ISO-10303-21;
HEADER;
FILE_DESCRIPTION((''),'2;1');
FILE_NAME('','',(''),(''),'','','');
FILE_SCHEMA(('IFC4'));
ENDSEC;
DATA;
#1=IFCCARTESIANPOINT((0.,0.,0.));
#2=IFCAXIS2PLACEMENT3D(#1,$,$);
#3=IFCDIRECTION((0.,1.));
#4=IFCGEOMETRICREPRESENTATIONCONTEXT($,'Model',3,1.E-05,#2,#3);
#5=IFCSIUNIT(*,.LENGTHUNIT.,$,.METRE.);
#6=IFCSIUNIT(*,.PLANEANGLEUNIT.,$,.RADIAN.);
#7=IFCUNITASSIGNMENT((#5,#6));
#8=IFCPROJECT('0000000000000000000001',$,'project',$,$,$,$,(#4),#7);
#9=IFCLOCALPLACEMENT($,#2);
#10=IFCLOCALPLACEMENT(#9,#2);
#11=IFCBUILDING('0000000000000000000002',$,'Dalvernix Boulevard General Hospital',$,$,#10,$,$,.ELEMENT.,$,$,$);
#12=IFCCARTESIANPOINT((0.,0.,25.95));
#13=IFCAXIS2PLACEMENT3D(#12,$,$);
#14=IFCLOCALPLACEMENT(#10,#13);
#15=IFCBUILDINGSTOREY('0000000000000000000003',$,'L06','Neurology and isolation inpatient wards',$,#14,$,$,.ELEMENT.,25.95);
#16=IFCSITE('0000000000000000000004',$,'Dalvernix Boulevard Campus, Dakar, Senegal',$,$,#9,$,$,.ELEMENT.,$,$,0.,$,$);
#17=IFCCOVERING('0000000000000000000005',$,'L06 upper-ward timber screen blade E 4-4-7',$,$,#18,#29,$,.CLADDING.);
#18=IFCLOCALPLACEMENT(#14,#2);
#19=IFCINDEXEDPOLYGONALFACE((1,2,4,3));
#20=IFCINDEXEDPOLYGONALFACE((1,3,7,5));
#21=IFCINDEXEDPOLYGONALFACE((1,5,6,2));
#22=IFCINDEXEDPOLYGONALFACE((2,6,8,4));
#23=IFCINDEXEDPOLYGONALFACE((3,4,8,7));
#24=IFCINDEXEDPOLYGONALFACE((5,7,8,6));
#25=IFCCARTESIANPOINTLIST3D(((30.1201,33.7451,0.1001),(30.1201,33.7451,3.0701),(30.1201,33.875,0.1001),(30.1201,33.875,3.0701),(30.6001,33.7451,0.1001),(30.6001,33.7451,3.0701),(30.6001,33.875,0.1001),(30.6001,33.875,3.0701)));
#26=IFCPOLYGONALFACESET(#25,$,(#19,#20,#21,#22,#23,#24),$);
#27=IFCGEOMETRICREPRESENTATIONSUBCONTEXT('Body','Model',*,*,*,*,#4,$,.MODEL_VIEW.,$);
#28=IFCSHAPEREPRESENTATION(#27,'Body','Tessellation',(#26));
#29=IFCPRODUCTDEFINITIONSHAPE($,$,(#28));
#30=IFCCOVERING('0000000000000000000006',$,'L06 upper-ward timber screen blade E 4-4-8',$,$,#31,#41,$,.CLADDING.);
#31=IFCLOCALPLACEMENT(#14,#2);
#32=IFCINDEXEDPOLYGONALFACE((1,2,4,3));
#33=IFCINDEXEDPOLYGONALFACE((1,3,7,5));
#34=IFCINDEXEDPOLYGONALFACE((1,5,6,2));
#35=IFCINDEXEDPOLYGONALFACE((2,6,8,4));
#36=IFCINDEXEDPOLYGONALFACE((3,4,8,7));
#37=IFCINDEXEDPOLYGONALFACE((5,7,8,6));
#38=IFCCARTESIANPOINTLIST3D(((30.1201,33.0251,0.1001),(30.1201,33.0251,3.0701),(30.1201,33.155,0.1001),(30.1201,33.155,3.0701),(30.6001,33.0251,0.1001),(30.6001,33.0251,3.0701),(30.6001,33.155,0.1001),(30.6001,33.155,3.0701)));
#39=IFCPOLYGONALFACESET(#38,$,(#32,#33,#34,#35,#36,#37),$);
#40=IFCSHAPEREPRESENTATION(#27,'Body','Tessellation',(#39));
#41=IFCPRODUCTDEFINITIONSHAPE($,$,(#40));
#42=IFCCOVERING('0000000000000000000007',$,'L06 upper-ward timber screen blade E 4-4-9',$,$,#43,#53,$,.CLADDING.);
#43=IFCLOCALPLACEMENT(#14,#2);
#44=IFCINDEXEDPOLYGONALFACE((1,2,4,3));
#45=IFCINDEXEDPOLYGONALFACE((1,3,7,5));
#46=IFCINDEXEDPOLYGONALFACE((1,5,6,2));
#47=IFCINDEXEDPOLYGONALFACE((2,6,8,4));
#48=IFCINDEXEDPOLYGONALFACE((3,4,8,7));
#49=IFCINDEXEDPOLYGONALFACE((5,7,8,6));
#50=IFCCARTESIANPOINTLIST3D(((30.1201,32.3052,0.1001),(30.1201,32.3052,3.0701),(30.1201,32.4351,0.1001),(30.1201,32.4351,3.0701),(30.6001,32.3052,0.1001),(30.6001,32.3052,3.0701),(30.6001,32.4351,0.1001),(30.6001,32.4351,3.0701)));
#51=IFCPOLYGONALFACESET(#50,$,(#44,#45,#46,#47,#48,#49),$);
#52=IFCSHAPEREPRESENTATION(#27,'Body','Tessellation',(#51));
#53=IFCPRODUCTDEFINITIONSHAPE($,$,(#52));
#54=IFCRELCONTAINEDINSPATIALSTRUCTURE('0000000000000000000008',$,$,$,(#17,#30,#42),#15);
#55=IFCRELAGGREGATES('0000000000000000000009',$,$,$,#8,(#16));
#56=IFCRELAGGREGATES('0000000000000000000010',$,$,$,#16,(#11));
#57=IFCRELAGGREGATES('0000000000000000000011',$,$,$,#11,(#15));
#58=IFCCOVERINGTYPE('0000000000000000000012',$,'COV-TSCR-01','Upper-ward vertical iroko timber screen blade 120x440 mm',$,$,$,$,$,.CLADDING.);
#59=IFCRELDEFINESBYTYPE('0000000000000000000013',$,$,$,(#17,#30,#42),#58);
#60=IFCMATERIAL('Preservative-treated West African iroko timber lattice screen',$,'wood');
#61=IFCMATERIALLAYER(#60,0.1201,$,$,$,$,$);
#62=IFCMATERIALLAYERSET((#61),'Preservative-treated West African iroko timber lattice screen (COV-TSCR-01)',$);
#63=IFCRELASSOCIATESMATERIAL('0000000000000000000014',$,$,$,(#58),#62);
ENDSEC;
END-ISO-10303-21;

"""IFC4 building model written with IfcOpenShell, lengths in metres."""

from ifc_helpers import new_model, si_unit, direction, frame, origin, origin_2d, place, context, subcontext, project, spatial, rectangle, extrude, material, layer, layer_set, type_object, element, save


model = new_model("IFC4")

# Units and contexts
model_context = context("Model", 3, precision=1e-05, world=origin(), true_north=direction((0.0, 1.0)))
body_context = subcontext(model_context, "Body", "Model", "MODEL_VIEW")
ifc_project = project(units=[si_unit("LENGTHUNIT", "METRE"), si_unit("PLANEANGLEUNIT", "RADIAN")], contexts=[model_context])

# Site, building, storey
site_placement = place(None, origin())
site = spatial("IfcSite", under=ifc_project, at=site_placement, Name="Dalvernix Boulevard Campus, Dakar, Senegal", CompositionType="ELEMENT", RefElevation=0.0)
building_placement = place(site_placement, origin())
building = spatial("IfcBuilding", under=site, at=building_placement, Name="Dalvernix Boulevard General Hospital", CompositionType="ELEMENT")
storey_placement = place(building_placement, frame((0.0, 0.0, 25.95)))
storey = spatial("IfcBuildingStorey", under=building, at=storey_placement, Name="L06", Description="Neurology and isolation inpatient wards", CompositionType="ELEMENT", Elevation=25.95)

# Coverings
ifc_material_1 = material(Name="Preservative-treated West African iroko timber lattice screen", Category="wood")
ifc_layer = layer(ifc_material_1, 0.1201)
ifc_layer_set = layer_set([ifc_layer], Name="Preservative-treated West African iroko timber lattice screen (COV-TSCR-01)")
covering_type = type_object("IfcCoveringType", Name="COV-TSCR-01", Description="Upper-ward vertical iroko timber screen blade 120x440 mm", PredefinedType="CLADDING", material=ifc_layer_set)
for number, where, z_axis, x_axis, name in (
    (1, (30.3601, 33.8101, 0.1001), (0.0, 0.0, 1.0), (0.0, -1.0, 0.0), "L06 upper-ward timber screen blade E 4-4-7"),
    (2, (30.3601, 33.0901, 0.1001), (0.0, 0.0, 1.0), (0.0, -1.0, 0.0), "L06 upper-ward timber screen blade E 4-4-8"),
    (3, (30.3601, 32.3701, 0.1001), (0.0, 0.0, 1.0), (0.0, -1.0, 0.0), "L06 upper-ward timber screen blade E 4-4-9"),
):
    element("IfcCovering", number, at=place(storey_placement, frame(where, z_axis=z_axis, x_axis=x_axis)), inside=storey, type_object=covering_type, Name=name, PredefinedType="CLADDING", context=body_context, shape_type="SweptSolid", body=[
        extrude(rectangle(XDim=0.1299, YDim=0.48, at=origin_2d()), origin(), (0.0, 0.0, 1.0), 2.97),
    ])

save(model, "model.ifc")
